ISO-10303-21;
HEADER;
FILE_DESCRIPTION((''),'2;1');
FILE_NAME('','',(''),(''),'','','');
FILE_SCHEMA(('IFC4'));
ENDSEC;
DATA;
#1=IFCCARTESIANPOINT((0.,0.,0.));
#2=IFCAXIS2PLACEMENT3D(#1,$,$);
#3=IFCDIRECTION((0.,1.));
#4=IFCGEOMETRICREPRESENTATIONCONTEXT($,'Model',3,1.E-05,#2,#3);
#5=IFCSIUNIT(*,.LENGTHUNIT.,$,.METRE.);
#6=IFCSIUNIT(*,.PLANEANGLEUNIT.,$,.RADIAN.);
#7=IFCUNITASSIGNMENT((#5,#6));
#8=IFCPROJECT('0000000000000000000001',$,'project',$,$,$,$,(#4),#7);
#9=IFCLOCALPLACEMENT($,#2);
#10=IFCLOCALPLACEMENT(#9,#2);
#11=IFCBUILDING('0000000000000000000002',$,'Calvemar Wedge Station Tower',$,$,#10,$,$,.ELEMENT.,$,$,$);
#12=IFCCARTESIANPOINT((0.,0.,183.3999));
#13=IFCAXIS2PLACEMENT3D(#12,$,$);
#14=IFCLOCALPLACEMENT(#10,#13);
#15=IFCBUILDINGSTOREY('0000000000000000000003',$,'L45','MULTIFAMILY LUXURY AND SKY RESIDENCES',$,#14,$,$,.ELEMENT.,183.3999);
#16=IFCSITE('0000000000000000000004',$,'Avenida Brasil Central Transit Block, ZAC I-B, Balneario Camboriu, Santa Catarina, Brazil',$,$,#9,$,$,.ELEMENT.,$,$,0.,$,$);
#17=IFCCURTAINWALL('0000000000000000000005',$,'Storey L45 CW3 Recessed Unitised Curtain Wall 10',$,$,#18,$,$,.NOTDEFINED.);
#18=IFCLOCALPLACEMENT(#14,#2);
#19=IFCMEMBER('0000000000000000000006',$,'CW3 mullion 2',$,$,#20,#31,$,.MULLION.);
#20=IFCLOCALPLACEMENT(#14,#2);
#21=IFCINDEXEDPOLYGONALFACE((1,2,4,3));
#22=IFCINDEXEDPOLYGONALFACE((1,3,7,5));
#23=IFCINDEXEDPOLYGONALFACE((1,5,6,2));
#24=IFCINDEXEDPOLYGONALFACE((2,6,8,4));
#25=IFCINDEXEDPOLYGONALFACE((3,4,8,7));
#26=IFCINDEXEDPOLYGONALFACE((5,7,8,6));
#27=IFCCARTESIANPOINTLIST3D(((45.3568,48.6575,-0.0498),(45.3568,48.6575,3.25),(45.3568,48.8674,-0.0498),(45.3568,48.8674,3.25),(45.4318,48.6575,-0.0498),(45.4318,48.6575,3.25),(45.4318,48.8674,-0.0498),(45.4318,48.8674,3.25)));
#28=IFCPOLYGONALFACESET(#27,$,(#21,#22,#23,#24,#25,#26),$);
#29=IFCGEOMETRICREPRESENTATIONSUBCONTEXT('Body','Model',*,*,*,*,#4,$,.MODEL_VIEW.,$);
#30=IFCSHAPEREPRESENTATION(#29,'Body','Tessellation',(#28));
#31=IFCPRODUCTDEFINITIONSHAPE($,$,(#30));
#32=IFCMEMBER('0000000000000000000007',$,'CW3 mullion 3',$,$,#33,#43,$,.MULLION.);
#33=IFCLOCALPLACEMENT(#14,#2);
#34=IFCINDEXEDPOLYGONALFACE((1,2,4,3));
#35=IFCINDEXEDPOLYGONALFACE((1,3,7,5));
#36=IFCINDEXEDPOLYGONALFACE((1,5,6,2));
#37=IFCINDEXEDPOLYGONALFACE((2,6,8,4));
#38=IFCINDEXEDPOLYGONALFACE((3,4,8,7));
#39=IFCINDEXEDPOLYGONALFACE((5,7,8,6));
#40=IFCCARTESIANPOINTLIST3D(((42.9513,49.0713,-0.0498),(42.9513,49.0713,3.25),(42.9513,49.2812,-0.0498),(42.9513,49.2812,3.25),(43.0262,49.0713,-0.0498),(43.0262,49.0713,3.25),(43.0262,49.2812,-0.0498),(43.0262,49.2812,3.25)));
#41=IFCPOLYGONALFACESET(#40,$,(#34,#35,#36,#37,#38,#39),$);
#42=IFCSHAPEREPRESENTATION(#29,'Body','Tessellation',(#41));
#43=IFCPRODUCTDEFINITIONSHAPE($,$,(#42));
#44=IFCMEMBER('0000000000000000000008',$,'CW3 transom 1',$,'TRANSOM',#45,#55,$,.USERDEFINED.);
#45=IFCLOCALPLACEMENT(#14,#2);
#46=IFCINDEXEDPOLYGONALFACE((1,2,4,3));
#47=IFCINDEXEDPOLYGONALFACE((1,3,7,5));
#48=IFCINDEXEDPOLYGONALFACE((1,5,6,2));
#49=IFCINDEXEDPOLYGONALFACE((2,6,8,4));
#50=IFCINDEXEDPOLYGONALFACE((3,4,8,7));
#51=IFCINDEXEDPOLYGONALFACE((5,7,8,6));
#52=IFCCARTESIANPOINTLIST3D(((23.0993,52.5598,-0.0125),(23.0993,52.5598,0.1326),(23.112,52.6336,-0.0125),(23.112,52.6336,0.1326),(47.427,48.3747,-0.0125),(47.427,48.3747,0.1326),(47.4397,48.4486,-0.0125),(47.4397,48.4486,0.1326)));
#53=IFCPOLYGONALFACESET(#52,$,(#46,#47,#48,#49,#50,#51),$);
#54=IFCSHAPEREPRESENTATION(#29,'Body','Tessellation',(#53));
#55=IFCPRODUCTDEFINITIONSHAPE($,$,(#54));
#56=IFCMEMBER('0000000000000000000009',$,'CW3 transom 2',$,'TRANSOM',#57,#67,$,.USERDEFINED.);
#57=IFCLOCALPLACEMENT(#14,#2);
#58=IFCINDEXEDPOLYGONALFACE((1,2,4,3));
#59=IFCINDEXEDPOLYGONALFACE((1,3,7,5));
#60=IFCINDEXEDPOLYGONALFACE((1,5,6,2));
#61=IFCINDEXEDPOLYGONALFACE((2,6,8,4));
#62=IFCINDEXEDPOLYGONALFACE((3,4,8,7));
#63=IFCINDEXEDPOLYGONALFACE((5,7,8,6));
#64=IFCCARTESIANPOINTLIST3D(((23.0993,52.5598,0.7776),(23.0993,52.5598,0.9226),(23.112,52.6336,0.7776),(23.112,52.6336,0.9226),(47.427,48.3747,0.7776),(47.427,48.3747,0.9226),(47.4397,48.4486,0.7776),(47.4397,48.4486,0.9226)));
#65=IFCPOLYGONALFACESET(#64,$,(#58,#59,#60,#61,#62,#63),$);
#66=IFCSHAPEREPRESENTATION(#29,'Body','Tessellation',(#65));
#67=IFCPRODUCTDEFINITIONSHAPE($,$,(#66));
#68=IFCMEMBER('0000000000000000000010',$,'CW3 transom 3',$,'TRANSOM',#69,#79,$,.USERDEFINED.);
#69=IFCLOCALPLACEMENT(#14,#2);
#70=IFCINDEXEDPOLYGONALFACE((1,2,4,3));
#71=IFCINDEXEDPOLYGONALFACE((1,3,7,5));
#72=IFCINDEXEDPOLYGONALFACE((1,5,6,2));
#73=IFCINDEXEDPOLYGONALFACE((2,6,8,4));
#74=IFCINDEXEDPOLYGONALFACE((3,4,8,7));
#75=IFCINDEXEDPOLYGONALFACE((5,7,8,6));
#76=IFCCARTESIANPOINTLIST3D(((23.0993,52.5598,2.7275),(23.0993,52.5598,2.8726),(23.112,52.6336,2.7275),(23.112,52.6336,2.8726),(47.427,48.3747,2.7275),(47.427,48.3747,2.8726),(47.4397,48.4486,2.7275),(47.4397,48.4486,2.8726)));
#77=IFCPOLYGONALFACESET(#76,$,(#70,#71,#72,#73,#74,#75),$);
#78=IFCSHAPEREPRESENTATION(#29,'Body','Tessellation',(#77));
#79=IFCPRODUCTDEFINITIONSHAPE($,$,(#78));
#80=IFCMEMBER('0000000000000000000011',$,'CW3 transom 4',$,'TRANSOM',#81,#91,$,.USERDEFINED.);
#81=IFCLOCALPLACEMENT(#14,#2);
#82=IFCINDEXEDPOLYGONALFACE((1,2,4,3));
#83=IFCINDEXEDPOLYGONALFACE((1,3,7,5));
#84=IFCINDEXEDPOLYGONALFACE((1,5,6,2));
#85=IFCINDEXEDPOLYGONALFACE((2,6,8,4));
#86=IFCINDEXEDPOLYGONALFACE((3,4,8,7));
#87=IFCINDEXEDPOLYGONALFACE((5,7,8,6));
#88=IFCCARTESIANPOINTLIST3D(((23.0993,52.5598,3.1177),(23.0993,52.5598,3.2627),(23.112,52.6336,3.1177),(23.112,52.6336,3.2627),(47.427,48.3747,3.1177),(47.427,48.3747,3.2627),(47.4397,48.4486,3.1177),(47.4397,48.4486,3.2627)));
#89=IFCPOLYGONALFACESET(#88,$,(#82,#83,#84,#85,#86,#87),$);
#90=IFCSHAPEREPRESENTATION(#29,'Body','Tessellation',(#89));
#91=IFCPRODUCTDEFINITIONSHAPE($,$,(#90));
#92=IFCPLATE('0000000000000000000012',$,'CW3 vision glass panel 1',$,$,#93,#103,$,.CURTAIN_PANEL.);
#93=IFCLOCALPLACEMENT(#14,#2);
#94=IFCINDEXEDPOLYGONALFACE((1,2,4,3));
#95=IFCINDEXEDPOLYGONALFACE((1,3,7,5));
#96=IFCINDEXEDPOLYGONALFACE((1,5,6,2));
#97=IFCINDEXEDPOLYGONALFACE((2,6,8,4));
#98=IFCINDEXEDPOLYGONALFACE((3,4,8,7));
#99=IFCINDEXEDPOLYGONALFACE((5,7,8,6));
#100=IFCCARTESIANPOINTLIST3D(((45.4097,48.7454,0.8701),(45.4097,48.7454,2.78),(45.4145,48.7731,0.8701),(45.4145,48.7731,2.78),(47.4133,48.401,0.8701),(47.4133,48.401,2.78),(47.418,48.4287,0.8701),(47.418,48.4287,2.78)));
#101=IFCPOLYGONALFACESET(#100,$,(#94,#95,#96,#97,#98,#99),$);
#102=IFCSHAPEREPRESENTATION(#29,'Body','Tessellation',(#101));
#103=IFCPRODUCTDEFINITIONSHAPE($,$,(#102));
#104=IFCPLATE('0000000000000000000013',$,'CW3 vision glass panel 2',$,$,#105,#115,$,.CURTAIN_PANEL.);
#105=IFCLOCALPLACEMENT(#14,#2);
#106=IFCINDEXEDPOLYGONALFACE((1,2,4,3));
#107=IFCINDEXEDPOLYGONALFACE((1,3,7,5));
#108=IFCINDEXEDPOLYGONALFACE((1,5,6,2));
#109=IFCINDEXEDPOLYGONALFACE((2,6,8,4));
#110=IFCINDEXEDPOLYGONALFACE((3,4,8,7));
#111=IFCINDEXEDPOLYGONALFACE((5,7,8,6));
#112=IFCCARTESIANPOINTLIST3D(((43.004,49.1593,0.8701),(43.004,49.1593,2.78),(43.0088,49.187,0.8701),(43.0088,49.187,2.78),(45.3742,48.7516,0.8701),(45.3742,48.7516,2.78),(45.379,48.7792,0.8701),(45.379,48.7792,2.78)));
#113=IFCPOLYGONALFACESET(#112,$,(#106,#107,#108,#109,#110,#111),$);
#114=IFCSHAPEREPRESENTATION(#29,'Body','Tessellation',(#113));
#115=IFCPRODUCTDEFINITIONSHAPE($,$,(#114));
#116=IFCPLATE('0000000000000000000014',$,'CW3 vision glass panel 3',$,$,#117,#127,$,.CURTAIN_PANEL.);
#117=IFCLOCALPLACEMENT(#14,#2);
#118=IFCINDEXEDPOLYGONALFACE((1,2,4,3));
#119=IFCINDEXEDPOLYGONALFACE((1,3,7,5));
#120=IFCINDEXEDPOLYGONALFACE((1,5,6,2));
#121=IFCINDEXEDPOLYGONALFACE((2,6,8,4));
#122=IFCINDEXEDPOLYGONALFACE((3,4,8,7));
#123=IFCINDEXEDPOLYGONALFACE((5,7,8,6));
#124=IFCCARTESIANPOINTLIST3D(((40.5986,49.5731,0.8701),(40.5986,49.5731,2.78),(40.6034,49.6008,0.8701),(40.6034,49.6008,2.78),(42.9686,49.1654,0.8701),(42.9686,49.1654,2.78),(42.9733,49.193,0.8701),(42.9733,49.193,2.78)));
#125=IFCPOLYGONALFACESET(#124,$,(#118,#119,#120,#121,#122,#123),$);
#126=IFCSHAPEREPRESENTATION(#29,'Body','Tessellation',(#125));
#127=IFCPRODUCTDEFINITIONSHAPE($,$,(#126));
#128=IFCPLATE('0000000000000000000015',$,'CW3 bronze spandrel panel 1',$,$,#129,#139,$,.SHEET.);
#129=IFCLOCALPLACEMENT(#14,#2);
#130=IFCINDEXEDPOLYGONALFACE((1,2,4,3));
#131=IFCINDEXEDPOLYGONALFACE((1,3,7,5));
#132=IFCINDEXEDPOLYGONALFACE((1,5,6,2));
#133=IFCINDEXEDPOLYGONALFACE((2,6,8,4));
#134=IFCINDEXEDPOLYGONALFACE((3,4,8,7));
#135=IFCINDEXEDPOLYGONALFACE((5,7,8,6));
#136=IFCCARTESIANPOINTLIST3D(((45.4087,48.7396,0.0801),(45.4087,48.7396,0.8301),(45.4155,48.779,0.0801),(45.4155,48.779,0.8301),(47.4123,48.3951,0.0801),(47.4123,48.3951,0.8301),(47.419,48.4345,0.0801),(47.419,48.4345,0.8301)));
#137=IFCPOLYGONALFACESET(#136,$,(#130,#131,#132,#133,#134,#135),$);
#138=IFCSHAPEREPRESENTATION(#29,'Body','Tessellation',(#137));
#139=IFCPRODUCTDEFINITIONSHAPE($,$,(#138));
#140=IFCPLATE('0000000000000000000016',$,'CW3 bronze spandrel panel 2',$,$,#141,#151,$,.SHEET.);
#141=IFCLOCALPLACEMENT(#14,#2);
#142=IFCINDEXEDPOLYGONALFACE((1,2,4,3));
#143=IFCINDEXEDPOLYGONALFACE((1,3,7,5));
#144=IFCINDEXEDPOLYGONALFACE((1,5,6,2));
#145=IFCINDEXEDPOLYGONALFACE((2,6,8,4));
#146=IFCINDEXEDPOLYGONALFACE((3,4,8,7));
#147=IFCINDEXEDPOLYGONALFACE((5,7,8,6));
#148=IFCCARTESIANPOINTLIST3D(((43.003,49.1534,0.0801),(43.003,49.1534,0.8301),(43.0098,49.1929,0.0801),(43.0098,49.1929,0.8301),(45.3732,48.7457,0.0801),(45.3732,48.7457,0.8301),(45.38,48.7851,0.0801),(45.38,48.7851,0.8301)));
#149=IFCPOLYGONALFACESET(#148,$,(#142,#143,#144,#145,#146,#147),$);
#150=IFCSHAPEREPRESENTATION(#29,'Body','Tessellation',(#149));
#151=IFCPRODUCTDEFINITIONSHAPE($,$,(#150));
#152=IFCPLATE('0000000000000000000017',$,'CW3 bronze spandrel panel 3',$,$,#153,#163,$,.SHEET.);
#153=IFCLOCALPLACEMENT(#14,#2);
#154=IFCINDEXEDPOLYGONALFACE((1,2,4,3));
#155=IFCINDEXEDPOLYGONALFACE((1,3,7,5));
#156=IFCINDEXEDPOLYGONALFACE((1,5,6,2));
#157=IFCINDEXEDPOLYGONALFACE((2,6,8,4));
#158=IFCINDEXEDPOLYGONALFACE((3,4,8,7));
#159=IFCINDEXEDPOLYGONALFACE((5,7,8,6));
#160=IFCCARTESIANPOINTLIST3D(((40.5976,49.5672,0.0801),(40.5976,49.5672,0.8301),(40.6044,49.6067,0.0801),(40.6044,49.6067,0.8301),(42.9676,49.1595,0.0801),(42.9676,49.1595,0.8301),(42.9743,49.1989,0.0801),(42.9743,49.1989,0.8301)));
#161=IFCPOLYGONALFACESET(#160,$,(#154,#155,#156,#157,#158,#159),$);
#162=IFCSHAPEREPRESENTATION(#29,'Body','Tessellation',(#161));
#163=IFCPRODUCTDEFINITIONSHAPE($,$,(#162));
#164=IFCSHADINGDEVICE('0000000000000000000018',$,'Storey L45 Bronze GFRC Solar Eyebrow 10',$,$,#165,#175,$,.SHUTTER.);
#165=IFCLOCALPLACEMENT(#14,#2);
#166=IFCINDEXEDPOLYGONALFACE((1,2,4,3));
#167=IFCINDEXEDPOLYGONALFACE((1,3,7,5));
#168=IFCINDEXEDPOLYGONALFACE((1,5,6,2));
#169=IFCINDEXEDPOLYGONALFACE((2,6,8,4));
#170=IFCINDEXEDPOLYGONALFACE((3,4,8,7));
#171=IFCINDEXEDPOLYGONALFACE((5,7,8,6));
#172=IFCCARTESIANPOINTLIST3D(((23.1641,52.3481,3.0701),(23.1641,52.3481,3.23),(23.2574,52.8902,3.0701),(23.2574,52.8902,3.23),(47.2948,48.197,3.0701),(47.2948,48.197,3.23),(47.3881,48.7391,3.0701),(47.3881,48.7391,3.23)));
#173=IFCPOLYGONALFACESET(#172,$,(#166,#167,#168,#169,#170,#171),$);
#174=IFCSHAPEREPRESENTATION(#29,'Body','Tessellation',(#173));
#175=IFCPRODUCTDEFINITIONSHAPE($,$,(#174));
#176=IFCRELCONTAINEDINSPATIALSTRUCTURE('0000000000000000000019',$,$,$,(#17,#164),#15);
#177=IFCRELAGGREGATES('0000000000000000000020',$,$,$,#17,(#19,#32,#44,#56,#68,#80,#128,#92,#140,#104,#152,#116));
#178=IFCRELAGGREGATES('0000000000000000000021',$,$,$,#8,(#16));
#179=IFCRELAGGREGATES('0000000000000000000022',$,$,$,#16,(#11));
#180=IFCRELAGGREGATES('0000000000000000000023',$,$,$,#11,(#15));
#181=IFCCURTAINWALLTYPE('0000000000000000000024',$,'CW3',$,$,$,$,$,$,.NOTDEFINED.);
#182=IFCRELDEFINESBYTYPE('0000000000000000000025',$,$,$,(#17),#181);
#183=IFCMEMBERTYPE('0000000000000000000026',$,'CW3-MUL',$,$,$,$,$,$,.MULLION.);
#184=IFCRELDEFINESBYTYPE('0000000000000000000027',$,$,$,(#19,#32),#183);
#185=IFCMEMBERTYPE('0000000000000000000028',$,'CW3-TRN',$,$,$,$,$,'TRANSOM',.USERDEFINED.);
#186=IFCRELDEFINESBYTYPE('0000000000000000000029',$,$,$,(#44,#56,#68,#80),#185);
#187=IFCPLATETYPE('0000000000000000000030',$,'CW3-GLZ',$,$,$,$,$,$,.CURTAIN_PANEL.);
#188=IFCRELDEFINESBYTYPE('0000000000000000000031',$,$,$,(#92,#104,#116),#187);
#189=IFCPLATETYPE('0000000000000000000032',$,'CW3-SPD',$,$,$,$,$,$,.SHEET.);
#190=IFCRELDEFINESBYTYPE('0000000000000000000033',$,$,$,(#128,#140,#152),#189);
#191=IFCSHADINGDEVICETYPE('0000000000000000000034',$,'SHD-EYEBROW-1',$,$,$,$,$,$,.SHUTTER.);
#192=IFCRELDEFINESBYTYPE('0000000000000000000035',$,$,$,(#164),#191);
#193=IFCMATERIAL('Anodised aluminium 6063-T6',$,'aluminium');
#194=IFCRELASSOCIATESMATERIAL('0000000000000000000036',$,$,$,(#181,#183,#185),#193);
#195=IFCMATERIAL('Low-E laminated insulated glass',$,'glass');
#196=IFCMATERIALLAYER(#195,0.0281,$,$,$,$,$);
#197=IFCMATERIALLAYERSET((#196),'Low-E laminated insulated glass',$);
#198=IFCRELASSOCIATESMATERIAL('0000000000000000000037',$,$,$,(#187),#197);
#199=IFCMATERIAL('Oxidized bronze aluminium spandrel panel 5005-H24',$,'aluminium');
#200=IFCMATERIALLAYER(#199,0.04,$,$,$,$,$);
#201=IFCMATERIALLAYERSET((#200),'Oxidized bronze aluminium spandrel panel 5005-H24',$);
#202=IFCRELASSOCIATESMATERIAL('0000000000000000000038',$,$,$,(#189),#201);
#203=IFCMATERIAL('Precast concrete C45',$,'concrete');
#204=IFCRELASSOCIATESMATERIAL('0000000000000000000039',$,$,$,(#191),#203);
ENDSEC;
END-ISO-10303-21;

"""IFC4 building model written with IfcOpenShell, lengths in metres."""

from ifc_helpers import new_model, si_unit, direction, frame, frame_2d, origin, origin_2d, place, context, subcontext, project, spatial, rectangle, extrude, source, transform, mapped, material, layer, layer_set, material_profile, profile_set, type_object, element, aggregate, save


model = new_model("IFC4")

# Units and contexts
model_context = context("Model", 3, precision=1e-05, world=origin(), true_north=direction((0.0, 1.0)))
body_context = subcontext(model_context, "Body", "Model", "MODEL_VIEW")
ifc_project = project(units=[si_unit("LENGTHUNIT", "METRE"), si_unit("PLANEANGLEUNIT", "RADIAN")], contexts=[model_context])

# Site, building, storey
site_placement = place(None, origin())
site = spatial("IfcSite", under=ifc_project, at=site_placement, Name="Avenida Brasil Central Transit Block, ZAC I-B, Balneario Camboriu, Santa Catarina, Brazil", CompositionType="ELEMENT", RefElevation=0.0)
building_placement = place(site_placement, origin())
building = spatial("IfcBuilding", under=site, at=building_placement, Name="Calvemar Wedge Station Tower", CompositionType="ELEMENT")
storey_placement = place(building_placement, frame((0.0, 0.0, 183.3999)))
storey = spatial("IfcBuildingStorey", under=building, at=storey_placement, Name="L45", Description="MULTIFAMILY LUXURY AND SKY RESIDENCES", CompositionType="ELEMENT", Elevation=183.3999)

# Curtain wall, members, plates
ifc_material_1 = material(Name="Anodised aluminium 6063-T6", Category="aluminium")
curtain_wall_type = type_object("IfcCurtainWallType", Name="CW3", PredefinedType="NOTDEFINED", material=ifc_material_1)
curtain_wall_placement = place(storey_placement, origin())
curtain_wall = element("IfcCurtainWall", 1, at=curtain_wall_placement, inside=storey, type_object=curtain_wall_type, Name="Storey L45 CW3 Recessed Unitised Curtain Wall 10", PredefinedType="NOTDEFINED")
ifc_material_profile_1 = material_profile(ifc_material_1, rectangle(XDim=0.075, YDim=0.21, at=origin_2d()), Name="AL-MUL-75x210")
ifc_profile_set_1 = profile_set([ifc_material_profile_1], Name="Anodised aluminium 6063-T6")
member_type_1 = type_object("IfcMemberType", Name="CW3-MUL", PredefinedType="MULLION", material=ifc_profile_set_1)
shared_shape_1 = source(origin(), body_context, "Body", "SweptSolid", [
    extrude(rectangle(XDim=0.075, YDim=0.21, at=origin_2d()), origin(), (0.0, 0.0, 1.0), 3.2998),
])
member_1_placement = place(storey_placement, frame((45.3943, 48.7625, -0.0498), z_axis=(0.0, 0.0, 1.0), x_axis=(1.0, 0.0, 0.0)))
member_1 = element("IfcMember", 2, at=member_1_placement, type_object=member_type_1, Name="CW3 mullion 2", PredefinedType="MULLION", context=body_context, shape_type="MappedRepresentation", body=[
    mapped(shared_shape_1, transform((0.0, 0.0, 0.0), scale=1.0)),
])
member_2_placement = place(storey_placement, frame((42.9888, 49.1763, -0.0498), z_axis=(0.0, 0.0, 1.0), x_axis=(1.0, 0.0, 0.0)))
member_2 = element("IfcMember", 3, at=member_2_placement, type_object=member_type_1, Name="CW3 mullion 3", PredefinedType="MULLION", context=body_context, shape_type="MappedRepresentation", body=[
    mapped(shared_shape_1, transform((0.0, 0.0, 0.0), scale=1.0)),
])
ifc_material_profile_2 = material_profile(ifc_material_1, rectangle(XDim=0.075, YDim=0.145, at=origin_2d()), Name="AL-TRN-75x145")
ifc_profile_set_2 = profile_set([ifc_material_profile_2], Name="Anodised aluminium 6063-T6")
member_type_2 = type_object("IfcMemberType", Name="CW3-TRN", ElementType="TRANSOM", PredefinedType="USERDEFINED", material=ifc_profile_set_2)
shared_shape_2 = source(origin(), body_context, "Body", "SweptSolid", [
    extrude(rectangle(XDim=0.075, YDim=0.145, at=origin_2d()), origin(), (0.0, 0.0, 1.0), 24.6851),
])
member_3_placement = place(storey_placement, frame((47.4333, 48.4116, 0.0601), z_axis=(-0.985524, 0.169539, 0.0), x_axis=(-0.169539, -0.985524, 0.0)))
member_3 = element("IfcMember", 4, at=member_3_placement, type_object=member_type_2, Name="CW3 transom 1", ObjectType="TRANSOM", PredefinedType="USERDEFINED", context=body_context, shape_type="MappedRepresentation", body=[
    mapped(shared_shape_2, transform((0.0, 0.0, 0.0), scale=1.0)),
])
member_4_placement = place(storey_placement, frame((47.4333, 48.4116, 0.8501), z_axis=(-0.985524, 0.169539, 0.0), x_axis=(-0.169539, -0.985524, 0.0)))
member_4 = element("IfcMember", 5, at=member_4_placement, type_object=member_type_2, Name="CW3 transom 2", ObjectType="TRANSOM", PredefinedType="USERDEFINED", context=body_context, shape_type="MappedRepresentation", body=[
    mapped(shared_shape_2, transform((0.0, 0.0, 0.0), scale=1.0)),
])
member_5_placement = place(storey_placement, frame((47.4333, 48.4116, 2.8), z_axis=(-0.985524, 0.169539, 0.0), x_axis=(-0.169539, -0.985524, 0.0)))
member_5 = element("IfcMember", 6, at=member_5_placement, type_object=member_type_2, Name="CW3 transom 3", ObjectType="TRANSOM", PredefinedType="USERDEFINED", context=body_context, shape_type="MappedRepresentation", body=[
    mapped(shared_shape_2, transform((0.0, 0.0, 0.0), scale=1.0)),
])
member_6_placement = place(storey_placement, frame((47.4333, 48.4116, 3.1902), z_axis=(-0.985524, 0.169539, 0.0), x_axis=(-0.169539, -0.985524, 0.0)))
member_6 = element("IfcMember", 7, at=member_6_placement, type_object=member_type_2, Name="CW3 transom 4", ObjectType="TRANSOM", PredefinedType="USERDEFINED", context=body_context, shape_type="MappedRepresentation", body=[
    mapped(shared_shape_2, transform((0.0, 0.0, 0.0), scale=1.0)),
])
ifc_material_2 = material(Name="Low-E laminated insulated glass", Category="glass")
ifc_layer_1 = layer(ifc_material_2, 0.0281)
ifc_layer_set_1 = layer_set([ifc_layer_1], Name="Low-E laminated insulated glass")
plate_type_1 = type_object("IfcPlateType", Name="CW3-GLZ", PredefinedType="CURTAIN_PANEL", material=ifc_layer_set_1)
plate_1_placement = place(storey_placement, frame((47.4158, 48.4148, 0.8701), z_axis=(0.0, 0.0, 1.0), x_axis=(-0.98554, 0.16944, 0.0)))
plate_1 = element("IfcPlate", 8, at=plate_1_placement, type_object=plate_type_1, Name="CW3 vision glass panel 1", PredefinedType="CURTAIN_PANEL", context=body_context, shape_type="SweptSolid", body=[
    extrude(rectangle(XDim=2.033, YDim=0.0281, at=frame_2d((1.0166, 0.0))), origin(), (0.0, 0.0, 1.0), 1.9099),
])
plate_2_placement = place(storey_placement, frame((45.3767, 48.7654, 0.8701), z_axis=(0.0, 0.0, 1.0), x_axis=(-0.985525, 0.169533, 0.0)))
plate_2 = element("IfcPlate", 9, at=plate_2_placement, type_object=plate_type_1, Name="CW3 vision glass panel 2", PredefinedType="CURTAIN_PANEL", context=body_context, shape_type="SweptSolid", body=[
    extrude(rectangle(XDim=2.405, YDim=0.0281, at=frame_2d((1.2026, 0.0))), origin(), (0.0, 0.0, 1.0), 1.9099),
])
plate_3_placement = place(storey_placement, frame((42.9709, 49.1792, 0.8701), z_axis=(0.0, 0.0, 1.0), x_axis=(-0.985522, 0.16955, 0.0)))
plate_3 = element("IfcPlate", 10, at=plate_3_placement, type_object=plate_type_1, Name="CW3 vision glass panel 3", PredefinedType="CURTAIN_PANEL", context=body_context, shape_type="SweptSolid", body=[
    extrude(rectangle(XDim=2.4048, YDim=0.0281, at=frame_2d((1.2024, 0.0))), origin(), (0.0, 0.0, 1.0), 1.9099),
])
ifc_material_3 = material(Name="Oxidized bronze aluminium spandrel panel 5005-H24", Category="aluminium")
ifc_layer_2 = layer(ifc_material_3, 0.04)
ifc_layer_set_2 = layer_set([ifc_layer_2], Name="Oxidized bronze aluminium spandrel panel 5005-H24")
plate_type_2 = type_object("IfcPlateType", Name="CW3-SPD", PredefinedType="SHEET", material=ifc_layer_set_2)
plate_4_placement = place(storey_placement, frame((47.4158, 48.4148, 0.0801), z_axis=(0.0, 0.0, 1.0), x_axis=(-0.98554, 0.16944, 0.0)))
plate_4 = element("IfcPlate", 11, at=plate_4_placement, type_object=plate_type_2, Name="CW3 bronze spandrel panel 1", PredefinedType="SHEET", context=body_context, shape_type="SweptSolid", body=[
    extrude(rectangle(XDim=2.033, YDim=0.04, at=frame_2d((1.0166, 0.0))), origin(), (0.0, 0.0, 1.0), 0.75),
])
plate_5_placement = place(storey_placement, frame((45.3767, 48.7654, 0.0801), z_axis=(0.0, 0.0, 1.0), x_axis=(-0.985525, 0.169533, 0.0)))
plate_5 = element("IfcPlate", 12, at=plate_5_placement, type_object=plate_type_2, Name="CW3 bronze spandrel panel 2", PredefinedType="SHEET", context=body_context, shape_type="SweptSolid", body=[
    extrude(rectangle(XDim=2.405, YDim=0.04, at=frame_2d((1.2026, 0.0))), origin(), (0.0, 0.0, 1.0), 0.75),
])
plate_6_placement = place(storey_placement, frame((42.9709, 49.1792, 0.0801), z_axis=(0.0, 0.0, 1.0), x_axis=(-0.985522, 0.16955, 0.0)))
plate_6 = element("IfcPlate", 13, at=plate_6_placement, type_object=plate_type_2, Name="CW3 bronze spandrel panel 3", PredefinedType="SHEET", context=body_context, shape_type="SweptSolid", body=[
    extrude(rectangle(XDim=2.4048, YDim=0.04, at=frame_2d((1.2024, 0.0))), origin(), (0.0, 0.0, 1.0), 0.75),
])
aggregate(curtain_wall, [member_1, member_2, member_3, member_4, member_5, member_6, plate_4, plate_1, plate_5, plate_2, plate_6, plate_3])

# Shading device
ifc_material_4 = material(Name="Precast concrete C45", Category="concrete")
shading_device_type = type_object("IfcShadingDeviceType", Name="SHD-EYEBROW-1", PredefinedType="SHUTTER", material=ifc_material_4)
shading_device_placement = place(storey_placement, frame((47.3416, 48.468, 3.0701), z_axis=(0.0, 0.0, 1.0), x_axis=(-0.985524, 0.169537, 0.0)))
element("IfcShadingDevice", 14, at=shading_device_placement, inside=storey, type_object=shading_device_type, Name="Storey L45 Bronze GFRC Solar Eyebrow 10", PredefinedType="SHUTTER", context=body_context, shape_type="SweptSolid", body=[
    extrude(rectangle(XDim=24.4851, YDim=0.55, at=frame_2d((12.2427, 0.0))), origin(), (0.0, 0.0, 1.0), 0.1599),
])

save(model, "model.ifc")
